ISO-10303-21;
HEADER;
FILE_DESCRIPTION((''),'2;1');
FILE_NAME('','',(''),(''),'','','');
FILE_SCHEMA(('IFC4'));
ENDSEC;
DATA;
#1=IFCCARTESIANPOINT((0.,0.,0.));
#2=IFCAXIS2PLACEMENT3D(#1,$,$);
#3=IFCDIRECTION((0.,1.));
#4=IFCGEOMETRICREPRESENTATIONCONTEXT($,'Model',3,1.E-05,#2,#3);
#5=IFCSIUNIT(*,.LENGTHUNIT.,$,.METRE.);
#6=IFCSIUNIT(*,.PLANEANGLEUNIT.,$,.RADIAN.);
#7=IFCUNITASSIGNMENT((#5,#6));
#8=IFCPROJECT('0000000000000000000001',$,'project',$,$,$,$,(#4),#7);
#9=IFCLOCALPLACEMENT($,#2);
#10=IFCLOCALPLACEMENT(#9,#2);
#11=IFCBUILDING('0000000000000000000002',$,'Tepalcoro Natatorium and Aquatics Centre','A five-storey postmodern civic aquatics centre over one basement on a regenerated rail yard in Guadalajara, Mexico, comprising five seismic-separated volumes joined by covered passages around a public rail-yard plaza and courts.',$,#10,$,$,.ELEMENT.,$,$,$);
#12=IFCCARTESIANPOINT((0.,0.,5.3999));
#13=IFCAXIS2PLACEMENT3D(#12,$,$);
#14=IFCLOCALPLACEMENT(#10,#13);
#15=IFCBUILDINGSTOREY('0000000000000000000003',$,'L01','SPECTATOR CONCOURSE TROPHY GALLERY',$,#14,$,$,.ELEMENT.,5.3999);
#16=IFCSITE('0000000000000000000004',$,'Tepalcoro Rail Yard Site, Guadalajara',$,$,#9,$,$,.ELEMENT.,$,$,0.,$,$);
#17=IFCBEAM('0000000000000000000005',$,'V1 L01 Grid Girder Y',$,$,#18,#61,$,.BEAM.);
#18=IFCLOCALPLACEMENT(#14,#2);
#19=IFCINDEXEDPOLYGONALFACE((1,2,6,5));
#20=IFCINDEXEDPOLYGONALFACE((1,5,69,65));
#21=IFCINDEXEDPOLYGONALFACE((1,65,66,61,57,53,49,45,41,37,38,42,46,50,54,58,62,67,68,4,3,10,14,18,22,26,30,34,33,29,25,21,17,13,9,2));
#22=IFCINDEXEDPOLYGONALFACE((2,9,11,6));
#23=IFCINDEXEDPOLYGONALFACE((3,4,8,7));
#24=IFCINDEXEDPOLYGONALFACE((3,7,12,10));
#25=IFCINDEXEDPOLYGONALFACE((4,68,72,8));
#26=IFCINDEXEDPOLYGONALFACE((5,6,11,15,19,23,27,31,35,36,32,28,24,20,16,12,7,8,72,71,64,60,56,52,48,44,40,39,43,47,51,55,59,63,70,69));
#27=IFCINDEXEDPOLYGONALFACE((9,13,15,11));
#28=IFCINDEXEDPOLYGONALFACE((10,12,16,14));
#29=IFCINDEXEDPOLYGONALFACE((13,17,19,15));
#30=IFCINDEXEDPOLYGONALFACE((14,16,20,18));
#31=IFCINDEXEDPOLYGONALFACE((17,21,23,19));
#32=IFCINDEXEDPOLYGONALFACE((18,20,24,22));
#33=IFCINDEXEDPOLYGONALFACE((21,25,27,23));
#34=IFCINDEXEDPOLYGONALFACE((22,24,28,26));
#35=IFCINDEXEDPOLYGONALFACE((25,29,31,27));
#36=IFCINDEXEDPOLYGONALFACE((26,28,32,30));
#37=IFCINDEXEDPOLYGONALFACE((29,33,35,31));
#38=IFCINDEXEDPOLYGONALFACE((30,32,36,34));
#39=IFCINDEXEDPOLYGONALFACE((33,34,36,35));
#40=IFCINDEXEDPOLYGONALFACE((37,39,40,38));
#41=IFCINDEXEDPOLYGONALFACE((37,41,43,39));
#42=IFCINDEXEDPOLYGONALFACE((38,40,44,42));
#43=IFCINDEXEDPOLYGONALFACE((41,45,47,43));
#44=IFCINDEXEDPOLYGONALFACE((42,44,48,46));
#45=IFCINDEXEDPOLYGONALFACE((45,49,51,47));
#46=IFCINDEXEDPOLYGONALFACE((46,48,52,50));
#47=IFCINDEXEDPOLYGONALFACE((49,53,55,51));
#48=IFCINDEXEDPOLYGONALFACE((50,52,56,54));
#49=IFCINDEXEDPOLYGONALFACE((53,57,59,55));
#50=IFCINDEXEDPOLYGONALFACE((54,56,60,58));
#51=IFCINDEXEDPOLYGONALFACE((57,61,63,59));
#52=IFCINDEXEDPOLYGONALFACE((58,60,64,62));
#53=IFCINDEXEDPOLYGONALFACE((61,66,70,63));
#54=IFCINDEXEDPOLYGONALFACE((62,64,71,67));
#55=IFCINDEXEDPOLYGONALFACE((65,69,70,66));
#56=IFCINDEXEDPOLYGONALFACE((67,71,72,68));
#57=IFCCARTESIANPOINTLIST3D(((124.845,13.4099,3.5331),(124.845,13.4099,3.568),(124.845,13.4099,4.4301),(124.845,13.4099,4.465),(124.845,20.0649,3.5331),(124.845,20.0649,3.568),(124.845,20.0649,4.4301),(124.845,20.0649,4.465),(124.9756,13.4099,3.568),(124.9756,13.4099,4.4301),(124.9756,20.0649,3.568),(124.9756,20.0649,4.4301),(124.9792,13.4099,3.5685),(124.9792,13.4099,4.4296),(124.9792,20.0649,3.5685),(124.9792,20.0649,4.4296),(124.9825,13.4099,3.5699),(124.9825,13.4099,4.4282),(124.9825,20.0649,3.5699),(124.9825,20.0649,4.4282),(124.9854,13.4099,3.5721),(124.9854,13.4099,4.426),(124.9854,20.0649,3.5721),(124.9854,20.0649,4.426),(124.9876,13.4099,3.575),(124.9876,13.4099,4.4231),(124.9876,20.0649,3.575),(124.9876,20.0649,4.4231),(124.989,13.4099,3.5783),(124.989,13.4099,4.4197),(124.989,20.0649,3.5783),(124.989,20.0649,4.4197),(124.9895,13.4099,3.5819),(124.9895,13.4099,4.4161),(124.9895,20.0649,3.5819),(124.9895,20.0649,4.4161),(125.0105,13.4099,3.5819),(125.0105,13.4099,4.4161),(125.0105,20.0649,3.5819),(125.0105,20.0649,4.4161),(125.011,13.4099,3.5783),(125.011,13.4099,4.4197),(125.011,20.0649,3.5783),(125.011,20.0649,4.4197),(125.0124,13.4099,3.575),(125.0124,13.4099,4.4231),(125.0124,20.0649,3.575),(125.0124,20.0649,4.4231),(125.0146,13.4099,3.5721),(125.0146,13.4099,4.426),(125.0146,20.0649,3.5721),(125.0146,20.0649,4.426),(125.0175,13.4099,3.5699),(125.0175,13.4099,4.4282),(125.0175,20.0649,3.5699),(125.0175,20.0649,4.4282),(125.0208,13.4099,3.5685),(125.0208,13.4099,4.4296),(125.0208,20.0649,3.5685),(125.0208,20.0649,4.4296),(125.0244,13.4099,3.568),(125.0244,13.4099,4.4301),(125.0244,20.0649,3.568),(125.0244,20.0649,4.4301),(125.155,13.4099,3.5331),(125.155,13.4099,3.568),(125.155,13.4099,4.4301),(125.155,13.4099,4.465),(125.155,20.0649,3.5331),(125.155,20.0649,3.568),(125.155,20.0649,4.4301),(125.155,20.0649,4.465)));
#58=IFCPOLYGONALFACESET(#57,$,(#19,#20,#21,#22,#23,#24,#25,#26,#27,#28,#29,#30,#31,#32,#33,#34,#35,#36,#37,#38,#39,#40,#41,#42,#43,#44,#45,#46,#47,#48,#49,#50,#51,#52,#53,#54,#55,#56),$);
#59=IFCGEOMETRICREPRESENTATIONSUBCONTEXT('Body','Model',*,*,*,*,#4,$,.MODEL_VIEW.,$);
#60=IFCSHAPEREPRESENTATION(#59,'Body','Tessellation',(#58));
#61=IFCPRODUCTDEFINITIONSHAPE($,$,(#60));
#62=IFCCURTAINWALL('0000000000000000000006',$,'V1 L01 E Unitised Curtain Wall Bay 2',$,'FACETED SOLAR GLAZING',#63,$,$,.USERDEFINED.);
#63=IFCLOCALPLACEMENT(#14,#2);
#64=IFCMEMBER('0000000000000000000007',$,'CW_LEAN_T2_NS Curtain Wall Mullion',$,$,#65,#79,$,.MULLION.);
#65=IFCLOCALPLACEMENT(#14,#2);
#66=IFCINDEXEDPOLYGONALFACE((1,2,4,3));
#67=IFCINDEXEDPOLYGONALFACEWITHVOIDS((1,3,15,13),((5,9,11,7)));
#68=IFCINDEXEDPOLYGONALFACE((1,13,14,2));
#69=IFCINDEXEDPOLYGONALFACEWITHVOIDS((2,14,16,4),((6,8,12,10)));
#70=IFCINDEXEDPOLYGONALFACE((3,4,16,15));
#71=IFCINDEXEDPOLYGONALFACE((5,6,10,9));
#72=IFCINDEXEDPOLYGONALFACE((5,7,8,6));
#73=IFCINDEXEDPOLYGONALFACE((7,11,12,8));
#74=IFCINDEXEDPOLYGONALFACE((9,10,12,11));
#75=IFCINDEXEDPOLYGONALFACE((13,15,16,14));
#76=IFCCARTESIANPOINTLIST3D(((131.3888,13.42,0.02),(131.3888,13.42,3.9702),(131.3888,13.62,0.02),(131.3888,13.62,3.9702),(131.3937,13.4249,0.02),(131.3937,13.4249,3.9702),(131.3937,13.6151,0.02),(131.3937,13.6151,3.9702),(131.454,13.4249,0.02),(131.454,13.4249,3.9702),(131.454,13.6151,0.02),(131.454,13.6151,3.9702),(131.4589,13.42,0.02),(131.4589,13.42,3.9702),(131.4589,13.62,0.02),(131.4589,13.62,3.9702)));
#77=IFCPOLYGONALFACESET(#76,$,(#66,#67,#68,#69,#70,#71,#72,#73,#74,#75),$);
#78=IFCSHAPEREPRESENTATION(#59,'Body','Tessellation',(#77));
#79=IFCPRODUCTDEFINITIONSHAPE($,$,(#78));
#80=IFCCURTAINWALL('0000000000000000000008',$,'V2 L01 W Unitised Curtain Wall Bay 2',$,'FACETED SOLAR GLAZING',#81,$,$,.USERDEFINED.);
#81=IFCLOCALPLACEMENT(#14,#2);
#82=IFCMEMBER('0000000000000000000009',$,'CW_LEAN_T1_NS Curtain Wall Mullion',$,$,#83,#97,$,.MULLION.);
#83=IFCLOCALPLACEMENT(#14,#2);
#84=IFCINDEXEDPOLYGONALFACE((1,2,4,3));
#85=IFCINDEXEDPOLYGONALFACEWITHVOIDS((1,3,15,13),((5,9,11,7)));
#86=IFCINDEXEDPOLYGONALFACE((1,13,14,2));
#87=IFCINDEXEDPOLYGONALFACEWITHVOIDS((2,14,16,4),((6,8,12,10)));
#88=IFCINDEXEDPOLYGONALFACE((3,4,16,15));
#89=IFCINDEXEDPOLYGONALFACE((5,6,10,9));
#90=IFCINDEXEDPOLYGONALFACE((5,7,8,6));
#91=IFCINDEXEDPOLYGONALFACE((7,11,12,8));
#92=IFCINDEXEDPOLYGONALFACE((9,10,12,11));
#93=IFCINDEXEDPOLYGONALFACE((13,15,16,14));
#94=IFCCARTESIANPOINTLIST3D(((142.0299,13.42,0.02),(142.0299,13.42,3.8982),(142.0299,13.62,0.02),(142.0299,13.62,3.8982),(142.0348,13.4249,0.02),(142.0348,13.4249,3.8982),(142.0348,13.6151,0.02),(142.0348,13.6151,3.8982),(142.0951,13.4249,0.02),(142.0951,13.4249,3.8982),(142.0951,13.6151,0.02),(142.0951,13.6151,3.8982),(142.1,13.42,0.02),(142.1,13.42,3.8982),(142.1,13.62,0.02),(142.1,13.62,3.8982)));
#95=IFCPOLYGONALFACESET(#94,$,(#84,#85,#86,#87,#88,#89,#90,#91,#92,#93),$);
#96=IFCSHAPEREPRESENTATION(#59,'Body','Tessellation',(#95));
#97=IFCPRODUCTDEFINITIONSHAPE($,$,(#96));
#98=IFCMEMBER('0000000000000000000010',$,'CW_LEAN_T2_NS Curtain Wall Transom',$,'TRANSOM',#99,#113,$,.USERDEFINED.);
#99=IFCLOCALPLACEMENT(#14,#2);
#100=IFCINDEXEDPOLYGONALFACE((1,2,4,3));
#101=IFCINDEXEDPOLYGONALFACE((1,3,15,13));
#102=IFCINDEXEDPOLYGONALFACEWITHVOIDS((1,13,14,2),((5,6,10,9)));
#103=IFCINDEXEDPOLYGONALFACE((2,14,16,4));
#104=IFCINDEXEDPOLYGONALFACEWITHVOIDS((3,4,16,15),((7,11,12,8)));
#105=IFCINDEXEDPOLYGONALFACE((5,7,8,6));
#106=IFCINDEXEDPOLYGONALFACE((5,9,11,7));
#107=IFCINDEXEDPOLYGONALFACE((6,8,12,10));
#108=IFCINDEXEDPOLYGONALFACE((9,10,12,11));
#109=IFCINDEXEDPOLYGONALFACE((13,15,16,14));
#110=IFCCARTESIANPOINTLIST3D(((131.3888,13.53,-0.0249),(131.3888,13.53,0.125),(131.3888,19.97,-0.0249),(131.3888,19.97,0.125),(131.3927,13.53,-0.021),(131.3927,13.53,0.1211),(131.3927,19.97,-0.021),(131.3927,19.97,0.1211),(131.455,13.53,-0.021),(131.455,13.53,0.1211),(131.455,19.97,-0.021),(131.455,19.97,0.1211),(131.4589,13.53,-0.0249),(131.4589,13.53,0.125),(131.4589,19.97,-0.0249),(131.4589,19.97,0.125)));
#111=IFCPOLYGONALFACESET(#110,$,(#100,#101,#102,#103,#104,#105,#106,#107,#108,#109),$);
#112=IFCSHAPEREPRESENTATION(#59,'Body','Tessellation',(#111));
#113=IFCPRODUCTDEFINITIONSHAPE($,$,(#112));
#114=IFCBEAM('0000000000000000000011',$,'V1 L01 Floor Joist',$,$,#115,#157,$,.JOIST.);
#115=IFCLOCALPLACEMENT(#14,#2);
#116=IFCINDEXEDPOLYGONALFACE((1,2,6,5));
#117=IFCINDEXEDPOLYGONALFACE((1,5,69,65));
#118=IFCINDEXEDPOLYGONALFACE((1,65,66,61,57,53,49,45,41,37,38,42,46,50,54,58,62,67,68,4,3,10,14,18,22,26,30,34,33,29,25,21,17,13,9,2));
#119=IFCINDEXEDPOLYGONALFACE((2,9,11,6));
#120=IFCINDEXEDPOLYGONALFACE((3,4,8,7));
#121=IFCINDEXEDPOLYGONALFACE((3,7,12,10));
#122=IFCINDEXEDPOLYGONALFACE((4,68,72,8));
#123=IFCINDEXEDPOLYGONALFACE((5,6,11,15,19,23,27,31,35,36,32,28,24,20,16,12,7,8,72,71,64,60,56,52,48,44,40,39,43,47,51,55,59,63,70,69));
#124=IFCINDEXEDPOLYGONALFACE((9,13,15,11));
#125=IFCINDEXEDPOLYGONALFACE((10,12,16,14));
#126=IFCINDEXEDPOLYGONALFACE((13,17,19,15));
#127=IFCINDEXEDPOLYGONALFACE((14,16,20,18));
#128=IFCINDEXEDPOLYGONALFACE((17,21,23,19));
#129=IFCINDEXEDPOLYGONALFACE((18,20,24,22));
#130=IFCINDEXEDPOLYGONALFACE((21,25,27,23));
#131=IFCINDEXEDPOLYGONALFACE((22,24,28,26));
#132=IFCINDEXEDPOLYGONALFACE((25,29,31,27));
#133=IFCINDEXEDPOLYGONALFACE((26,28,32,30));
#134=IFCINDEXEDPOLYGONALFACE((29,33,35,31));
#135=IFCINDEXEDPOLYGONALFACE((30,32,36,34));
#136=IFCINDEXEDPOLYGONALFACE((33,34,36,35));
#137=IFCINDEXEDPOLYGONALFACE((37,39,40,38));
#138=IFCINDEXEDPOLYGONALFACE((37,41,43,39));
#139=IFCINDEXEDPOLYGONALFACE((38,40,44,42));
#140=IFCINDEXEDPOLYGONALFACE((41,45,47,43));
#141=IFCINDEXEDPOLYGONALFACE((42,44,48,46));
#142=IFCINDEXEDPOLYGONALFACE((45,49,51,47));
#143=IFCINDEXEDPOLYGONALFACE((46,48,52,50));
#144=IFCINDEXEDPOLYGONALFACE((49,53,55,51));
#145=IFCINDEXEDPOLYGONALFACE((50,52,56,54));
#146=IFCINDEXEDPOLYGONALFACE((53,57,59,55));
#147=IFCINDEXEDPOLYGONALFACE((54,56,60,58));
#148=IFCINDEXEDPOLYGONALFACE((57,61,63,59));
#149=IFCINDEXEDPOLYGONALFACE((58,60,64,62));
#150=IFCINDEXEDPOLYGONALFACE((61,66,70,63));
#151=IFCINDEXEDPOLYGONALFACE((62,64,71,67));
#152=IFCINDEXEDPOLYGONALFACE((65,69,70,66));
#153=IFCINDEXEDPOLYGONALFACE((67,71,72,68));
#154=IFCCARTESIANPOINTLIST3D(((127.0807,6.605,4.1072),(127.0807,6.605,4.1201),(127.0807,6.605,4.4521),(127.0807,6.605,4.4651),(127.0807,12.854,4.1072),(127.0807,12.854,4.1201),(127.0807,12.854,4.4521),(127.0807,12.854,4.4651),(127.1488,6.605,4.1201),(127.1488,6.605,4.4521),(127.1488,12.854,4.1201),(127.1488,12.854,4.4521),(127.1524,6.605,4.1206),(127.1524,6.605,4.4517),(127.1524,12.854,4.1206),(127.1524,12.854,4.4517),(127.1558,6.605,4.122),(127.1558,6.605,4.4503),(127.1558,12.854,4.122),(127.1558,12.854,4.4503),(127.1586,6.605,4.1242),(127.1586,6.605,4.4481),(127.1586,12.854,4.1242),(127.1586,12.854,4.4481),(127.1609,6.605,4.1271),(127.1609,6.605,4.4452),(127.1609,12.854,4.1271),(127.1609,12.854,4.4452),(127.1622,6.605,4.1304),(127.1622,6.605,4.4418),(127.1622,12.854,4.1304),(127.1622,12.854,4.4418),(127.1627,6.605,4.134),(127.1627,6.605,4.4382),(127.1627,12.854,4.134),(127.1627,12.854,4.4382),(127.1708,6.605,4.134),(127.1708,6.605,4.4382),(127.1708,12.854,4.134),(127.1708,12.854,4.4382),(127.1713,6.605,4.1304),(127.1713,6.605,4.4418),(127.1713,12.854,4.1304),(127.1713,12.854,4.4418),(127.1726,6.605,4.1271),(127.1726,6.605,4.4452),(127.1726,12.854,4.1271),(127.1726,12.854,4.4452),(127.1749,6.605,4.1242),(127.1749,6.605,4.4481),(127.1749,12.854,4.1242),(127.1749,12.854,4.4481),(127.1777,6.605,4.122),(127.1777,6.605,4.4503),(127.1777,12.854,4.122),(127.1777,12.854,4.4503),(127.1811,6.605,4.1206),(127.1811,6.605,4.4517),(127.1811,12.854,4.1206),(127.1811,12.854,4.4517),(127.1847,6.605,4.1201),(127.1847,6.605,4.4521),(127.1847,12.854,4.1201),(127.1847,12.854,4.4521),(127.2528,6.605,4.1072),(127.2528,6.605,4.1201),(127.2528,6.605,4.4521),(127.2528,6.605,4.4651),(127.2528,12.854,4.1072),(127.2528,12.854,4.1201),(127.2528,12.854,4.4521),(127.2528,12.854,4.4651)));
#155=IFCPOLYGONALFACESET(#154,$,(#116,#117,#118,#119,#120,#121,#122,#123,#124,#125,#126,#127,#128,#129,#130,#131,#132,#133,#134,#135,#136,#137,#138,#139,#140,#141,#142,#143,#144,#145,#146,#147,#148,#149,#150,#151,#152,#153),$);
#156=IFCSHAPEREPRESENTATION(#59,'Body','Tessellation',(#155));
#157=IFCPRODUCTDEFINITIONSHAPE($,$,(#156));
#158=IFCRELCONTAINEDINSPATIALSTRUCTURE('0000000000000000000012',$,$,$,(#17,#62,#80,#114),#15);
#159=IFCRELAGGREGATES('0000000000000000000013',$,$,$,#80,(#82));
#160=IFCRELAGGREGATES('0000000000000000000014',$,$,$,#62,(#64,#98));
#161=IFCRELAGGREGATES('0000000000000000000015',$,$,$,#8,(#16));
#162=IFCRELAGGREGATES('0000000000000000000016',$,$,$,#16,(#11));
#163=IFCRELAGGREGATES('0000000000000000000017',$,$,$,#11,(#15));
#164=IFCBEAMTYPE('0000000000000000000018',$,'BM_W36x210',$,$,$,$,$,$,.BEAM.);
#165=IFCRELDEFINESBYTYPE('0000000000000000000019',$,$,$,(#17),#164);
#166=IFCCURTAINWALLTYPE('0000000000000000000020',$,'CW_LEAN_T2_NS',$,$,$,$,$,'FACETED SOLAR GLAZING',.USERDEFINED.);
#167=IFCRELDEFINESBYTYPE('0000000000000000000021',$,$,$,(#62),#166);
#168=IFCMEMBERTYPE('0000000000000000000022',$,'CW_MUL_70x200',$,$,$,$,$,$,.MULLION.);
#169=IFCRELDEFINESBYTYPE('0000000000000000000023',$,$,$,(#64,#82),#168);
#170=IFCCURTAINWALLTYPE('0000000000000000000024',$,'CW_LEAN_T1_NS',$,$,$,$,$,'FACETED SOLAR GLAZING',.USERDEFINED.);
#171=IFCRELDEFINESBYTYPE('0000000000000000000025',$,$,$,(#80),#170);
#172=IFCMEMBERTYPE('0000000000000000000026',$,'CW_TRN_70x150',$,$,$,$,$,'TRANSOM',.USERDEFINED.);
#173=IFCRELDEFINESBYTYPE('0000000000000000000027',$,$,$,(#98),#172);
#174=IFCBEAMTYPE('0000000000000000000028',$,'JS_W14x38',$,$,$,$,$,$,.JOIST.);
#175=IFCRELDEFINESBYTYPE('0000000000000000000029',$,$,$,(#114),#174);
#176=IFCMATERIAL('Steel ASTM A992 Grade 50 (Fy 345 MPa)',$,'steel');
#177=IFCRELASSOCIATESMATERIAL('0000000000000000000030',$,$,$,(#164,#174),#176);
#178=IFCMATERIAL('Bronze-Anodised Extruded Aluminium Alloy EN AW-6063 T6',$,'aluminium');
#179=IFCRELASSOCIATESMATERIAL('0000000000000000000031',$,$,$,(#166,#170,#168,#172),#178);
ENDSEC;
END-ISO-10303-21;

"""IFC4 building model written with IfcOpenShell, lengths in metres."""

from ifc_helpers import new_model, si_unit, direction, frame, origin, origin_2d, place, context, subcontext, project, spatial, hollow_rectangle, i_section, extrude, material, material_profile, profile_set, type_object, element, aggregate, save


model = new_model("IFC4")

# Units and contexts
model_context = context("Model", 3, precision=1e-05, world=origin(), true_north=direction((0.0, 1.0)))
body_context = subcontext(model_context, "Body", "Model", "MODEL_VIEW")
ifc_project = project(units=[si_unit("LENGTHUNIT", "METRE"), si_unit("PLANEANGLEUNIT", "RADIAN")], contexts=[model_context])

# Site, building, storey
site_placement = place(None, origin())
site = spatial("IfcSite", under=ifc_project, at=site_placement, Name="Tepalcoro Rail Yard Site, Guadalajara", CompositionType="ELEMENT", RefElevation=0.0)
building_placement = place(site_placement, origin())
building = spatial("IfcBuilding", under=site, at=building_placement, Name="Tepalcoro Natatorium and Aquatics Centre", Description="A five-storey postmodern civic aquatics centre over one basement on a regenerated rail yard in Guadalajara, Mexico, comprising five seismic-separated volumes joined by covered passages around a public rail-yard plaza and courts.", CompositionType="ELEMENT")
storey_placement = place(building_placement, frame((0.0, 0.0, 5.3999)))
storey = spatial("IfcBuildingStorey", under=building, at=storey_placement, Name="L01", Description="SPECTATOR CONCOURSE TROPHY GALLERY", CompositionType="ELEMENT", Elevation=5.3999)

# Beam
ifc_material_1 = material(Name="Steel ASTM A992 Grade 50 (Fy 345 MPa)", Category="steel")
ifc_material_profile_1 = material_profile(ifc_material_1, i_section(OverallWidth=0.3101, OverallDepth=0.9319, WebThickness=0.021, FlangeThickness=0.0349, FilletRadius=0.0139, at=origin_2d()), Name="W36X210")
ifc_profile_set_1 = profile_set([ifc_material_profile_1], Name="Steel ASTM A992 Grade 50 (Fy 345 MPa)")
beam_type_1 = type_object("IfcBeamType", Name="BM_W36x210", PredefinedType="BEAM", material=ifc_profile_set_1)
beam_1_placement = place(storey_placement, frame((125.0, 13.4099, 3.999), z_axis=(0.0, 1.0, 0.0), x_axis=(-1.0, 0.0, 0.0)))
element("IfcBeam", 1, at=beam_1_placement, inside=storey, type_object=beam_type_1, Name="V1 L01 Grid Girder Y", PredefinedType="BEAM", context=body_context, shape_type="SweptSolid", body=[
    extrude(i_section(OverallWidth=0.3101, OverallDepth=0.9319, WebThickness=0.021, FlangeThickness=0.0349, FilletRadius=0.0139, at=origin_2d()), origin(), (0.0, 0.0, 1.0), 6.655),
])

# Curtain walls, members
ifc_material_2 = material(Name="Bronze-Anodised Extruded Aluminium Alloy EN AW-6063 T6", Category="aluminium")
curtain_wall_type_1 = type_object("IfcCurtainWallType", Name="CW_LEAN_T2_NS", ElementType="FACETED SOLAR GLAZING", PredefinedType="USERDEFINED", material=ifc_material_2)
curtain_wall_1_placement = place(storey_placement, origin())
curtain_wall_1 = element("IfcCurtainWall", 2, at=curtain_wall_1_placement, inside=storey, type_object=curtain_wall_type_1, Name="V1 L01 E Unitised Curtain Wall Bay 2", ObjectType="FACETED SOLAR GLAZING", PredefinedType="USERDEFINED")
ifc_material_profile_2 = material_profile(ifc_material_2, hollow_rectangle(XDim=0.0701, YDim=0.2, WallThickness=0.0049, at=origin_2d()), Name="AL70X200X5")
ifc_profile_set_2 = profile_set([ifc_material_profile_2], Name="Bronze-Anodised Extruded Aluminium Alloy EN AW-6063 T6")
member_type_1 = type_object("IfcMemberType", Name="CW_MUL_70x200", PredefinedType="MULLION", material=ifc_profile_set_2)
member_1_placement = place(storey_placement, frame((131.4238, 13.52, 0.02), z_axis=(0.0, 0.0, 1.0), x_axis=(1.0, 0.0, 0.0)))
member_1 = element("IfcMember", 3, at=member_1_placement, type_object=member_type_1, Name="CW_LEAN_T2_NS Curtain Wall Mullion", PredefinedType="MULLION", context=body_context, shape_type="SweptSolid", body=[
    extrude(hollow_rectangle(XDim=0.0701, YDim=0.2, WallThickness=0.0049, at=origin_2d()), origin(), (0.0, 0.0, 1.0), 3.9502),
])
curtain_wall_type_2 = type_object("IfcCurtainWallType", Name="CW_LEAN_T1_NS", ElementType="FACETED SOLAR GLAZING", PredefinedType="USERDEFINED", material=ifc_material_2)
curtain_wall_2_placement = place(storey_placement, origin())
curtain_wall_2 = element("IfcCurtainWall", 4, at=curtain_wall_2_placement, inside=storey, type_object=curtain_wall_type_2, Name="V2 L01 W Unitised Curtain Wall Bay 2", ObjectType="FACETED SOLAR GLAZING", PredefinedType="USERDEFINED")
member_2_placement = place(storey_placement, frame((142.0649, 13.52, 0.02), z_axis=(0.0, 0.0, 1.0), x_axis=(1.0, 0.0, 0.0)))
member_2 = element("IfcMember", 5, at=member_2_placement, type_object=member_type_1, Name="CW_LEAN_T1_NS Curtain Wall Mullion", PredefinedType="MULLION", context=body_context, shape_type="SweptSolid", body=[
    extrude(hollow_rectangle(XDim=0.0701, YDim=0.2, WallThickness=0.0049, at=origin_2d()), origin(), (0.0, 0.0, 1.0), 3.8782),
])
aggregate(curtain_wall_2, [member_2])

# Member
ifc_material_profile_3 = material_profile(ifc_material_2, hollow_rectangle(XDim=0.0701, YDim=0.1499, WallThickness=0.0039, at=origin_2d()), Name="AL70X150X4")
ifc_profile_set_3 = profile_set([ifc_material_profile_3], Name="Bronze-Anodised Extruded Aluminium Alloy EN AW-6063 T6")
member_type_2 = type_object("IfcMemberType", Name="CW_TRN_70x150", ElementType="TRANSOM", PredefinedType="USERDEFINED", material=ifc_profile_set_3)
member_3_placement = place(storey_placement, frame((131.4238, 13.53, 0.05), z_axis=(0.0, 1.0, 0.0), x_axis=(-1.0, 0.0, 0.0)))
member_3 = element("IfcMember", 6, at=member_3_placement, type_object=member_type_2, Name="CW_LEAN_T2_NS Curtain Wall Transom", ObjectType="TRANSOM", PredefinedType="USERDEFINED", context=body_context, shape_type="SweptSolid", body=[
    extrude(hollow_rectangle(XDim=0.0701, YDim=0.1499, WallThickness=0.0039, at=origin_2d()), origin(), (0.0, 0.0, 1.0), 6.4399),
])
aggregate(curtain_wall_1, [member_1, member_3])

# Beam
ifc_material_profile_4 = material_profile(ifc_material_1, i_section(OverallWidth=0.1721, OverallDepth=0.3579, WebThickness=0.0081, FlangeThickness=0.0129, FilletRadius=0.0139, at=origin_2d()), Name="W14X38")
ifc_profile_set_4 = profile_set([ifc_material_profile_4], Name="Steel ASTM A992 Grade 50 (Fy 345 MPa)")
beam_type_2 = type_object("IfcBeamType", Name="JS_W14x38", PredefinedType="JOIST", material=ifc_profile_set_4)
beam_2_placement = place(storey_placement, frame((127.1667, 6.605, 4.2861), z_axis=(0.0, 1.0, 0.0), x_axis=(-1.0, 0.0, 0.0)))
element("IfcBeam", 7, at=beam_2_placement, inside=storey, type_object=beam_type_2, Name="V1 L01 Floor Joist", PredefinedType="JOIST", context=body_context, shape_type="SweptSolid", body=[
    extrude(i_section(OverallWidth=0.1721, OverallDepth=0.3579, WebThickness=0.0081, FlangeThickness=0.0129, FilletRadius=0.0139, at=origin_2d()), origin(), (0.0, 0.0, 1.0), 6.249),
])

save(model, "model.ifc")
